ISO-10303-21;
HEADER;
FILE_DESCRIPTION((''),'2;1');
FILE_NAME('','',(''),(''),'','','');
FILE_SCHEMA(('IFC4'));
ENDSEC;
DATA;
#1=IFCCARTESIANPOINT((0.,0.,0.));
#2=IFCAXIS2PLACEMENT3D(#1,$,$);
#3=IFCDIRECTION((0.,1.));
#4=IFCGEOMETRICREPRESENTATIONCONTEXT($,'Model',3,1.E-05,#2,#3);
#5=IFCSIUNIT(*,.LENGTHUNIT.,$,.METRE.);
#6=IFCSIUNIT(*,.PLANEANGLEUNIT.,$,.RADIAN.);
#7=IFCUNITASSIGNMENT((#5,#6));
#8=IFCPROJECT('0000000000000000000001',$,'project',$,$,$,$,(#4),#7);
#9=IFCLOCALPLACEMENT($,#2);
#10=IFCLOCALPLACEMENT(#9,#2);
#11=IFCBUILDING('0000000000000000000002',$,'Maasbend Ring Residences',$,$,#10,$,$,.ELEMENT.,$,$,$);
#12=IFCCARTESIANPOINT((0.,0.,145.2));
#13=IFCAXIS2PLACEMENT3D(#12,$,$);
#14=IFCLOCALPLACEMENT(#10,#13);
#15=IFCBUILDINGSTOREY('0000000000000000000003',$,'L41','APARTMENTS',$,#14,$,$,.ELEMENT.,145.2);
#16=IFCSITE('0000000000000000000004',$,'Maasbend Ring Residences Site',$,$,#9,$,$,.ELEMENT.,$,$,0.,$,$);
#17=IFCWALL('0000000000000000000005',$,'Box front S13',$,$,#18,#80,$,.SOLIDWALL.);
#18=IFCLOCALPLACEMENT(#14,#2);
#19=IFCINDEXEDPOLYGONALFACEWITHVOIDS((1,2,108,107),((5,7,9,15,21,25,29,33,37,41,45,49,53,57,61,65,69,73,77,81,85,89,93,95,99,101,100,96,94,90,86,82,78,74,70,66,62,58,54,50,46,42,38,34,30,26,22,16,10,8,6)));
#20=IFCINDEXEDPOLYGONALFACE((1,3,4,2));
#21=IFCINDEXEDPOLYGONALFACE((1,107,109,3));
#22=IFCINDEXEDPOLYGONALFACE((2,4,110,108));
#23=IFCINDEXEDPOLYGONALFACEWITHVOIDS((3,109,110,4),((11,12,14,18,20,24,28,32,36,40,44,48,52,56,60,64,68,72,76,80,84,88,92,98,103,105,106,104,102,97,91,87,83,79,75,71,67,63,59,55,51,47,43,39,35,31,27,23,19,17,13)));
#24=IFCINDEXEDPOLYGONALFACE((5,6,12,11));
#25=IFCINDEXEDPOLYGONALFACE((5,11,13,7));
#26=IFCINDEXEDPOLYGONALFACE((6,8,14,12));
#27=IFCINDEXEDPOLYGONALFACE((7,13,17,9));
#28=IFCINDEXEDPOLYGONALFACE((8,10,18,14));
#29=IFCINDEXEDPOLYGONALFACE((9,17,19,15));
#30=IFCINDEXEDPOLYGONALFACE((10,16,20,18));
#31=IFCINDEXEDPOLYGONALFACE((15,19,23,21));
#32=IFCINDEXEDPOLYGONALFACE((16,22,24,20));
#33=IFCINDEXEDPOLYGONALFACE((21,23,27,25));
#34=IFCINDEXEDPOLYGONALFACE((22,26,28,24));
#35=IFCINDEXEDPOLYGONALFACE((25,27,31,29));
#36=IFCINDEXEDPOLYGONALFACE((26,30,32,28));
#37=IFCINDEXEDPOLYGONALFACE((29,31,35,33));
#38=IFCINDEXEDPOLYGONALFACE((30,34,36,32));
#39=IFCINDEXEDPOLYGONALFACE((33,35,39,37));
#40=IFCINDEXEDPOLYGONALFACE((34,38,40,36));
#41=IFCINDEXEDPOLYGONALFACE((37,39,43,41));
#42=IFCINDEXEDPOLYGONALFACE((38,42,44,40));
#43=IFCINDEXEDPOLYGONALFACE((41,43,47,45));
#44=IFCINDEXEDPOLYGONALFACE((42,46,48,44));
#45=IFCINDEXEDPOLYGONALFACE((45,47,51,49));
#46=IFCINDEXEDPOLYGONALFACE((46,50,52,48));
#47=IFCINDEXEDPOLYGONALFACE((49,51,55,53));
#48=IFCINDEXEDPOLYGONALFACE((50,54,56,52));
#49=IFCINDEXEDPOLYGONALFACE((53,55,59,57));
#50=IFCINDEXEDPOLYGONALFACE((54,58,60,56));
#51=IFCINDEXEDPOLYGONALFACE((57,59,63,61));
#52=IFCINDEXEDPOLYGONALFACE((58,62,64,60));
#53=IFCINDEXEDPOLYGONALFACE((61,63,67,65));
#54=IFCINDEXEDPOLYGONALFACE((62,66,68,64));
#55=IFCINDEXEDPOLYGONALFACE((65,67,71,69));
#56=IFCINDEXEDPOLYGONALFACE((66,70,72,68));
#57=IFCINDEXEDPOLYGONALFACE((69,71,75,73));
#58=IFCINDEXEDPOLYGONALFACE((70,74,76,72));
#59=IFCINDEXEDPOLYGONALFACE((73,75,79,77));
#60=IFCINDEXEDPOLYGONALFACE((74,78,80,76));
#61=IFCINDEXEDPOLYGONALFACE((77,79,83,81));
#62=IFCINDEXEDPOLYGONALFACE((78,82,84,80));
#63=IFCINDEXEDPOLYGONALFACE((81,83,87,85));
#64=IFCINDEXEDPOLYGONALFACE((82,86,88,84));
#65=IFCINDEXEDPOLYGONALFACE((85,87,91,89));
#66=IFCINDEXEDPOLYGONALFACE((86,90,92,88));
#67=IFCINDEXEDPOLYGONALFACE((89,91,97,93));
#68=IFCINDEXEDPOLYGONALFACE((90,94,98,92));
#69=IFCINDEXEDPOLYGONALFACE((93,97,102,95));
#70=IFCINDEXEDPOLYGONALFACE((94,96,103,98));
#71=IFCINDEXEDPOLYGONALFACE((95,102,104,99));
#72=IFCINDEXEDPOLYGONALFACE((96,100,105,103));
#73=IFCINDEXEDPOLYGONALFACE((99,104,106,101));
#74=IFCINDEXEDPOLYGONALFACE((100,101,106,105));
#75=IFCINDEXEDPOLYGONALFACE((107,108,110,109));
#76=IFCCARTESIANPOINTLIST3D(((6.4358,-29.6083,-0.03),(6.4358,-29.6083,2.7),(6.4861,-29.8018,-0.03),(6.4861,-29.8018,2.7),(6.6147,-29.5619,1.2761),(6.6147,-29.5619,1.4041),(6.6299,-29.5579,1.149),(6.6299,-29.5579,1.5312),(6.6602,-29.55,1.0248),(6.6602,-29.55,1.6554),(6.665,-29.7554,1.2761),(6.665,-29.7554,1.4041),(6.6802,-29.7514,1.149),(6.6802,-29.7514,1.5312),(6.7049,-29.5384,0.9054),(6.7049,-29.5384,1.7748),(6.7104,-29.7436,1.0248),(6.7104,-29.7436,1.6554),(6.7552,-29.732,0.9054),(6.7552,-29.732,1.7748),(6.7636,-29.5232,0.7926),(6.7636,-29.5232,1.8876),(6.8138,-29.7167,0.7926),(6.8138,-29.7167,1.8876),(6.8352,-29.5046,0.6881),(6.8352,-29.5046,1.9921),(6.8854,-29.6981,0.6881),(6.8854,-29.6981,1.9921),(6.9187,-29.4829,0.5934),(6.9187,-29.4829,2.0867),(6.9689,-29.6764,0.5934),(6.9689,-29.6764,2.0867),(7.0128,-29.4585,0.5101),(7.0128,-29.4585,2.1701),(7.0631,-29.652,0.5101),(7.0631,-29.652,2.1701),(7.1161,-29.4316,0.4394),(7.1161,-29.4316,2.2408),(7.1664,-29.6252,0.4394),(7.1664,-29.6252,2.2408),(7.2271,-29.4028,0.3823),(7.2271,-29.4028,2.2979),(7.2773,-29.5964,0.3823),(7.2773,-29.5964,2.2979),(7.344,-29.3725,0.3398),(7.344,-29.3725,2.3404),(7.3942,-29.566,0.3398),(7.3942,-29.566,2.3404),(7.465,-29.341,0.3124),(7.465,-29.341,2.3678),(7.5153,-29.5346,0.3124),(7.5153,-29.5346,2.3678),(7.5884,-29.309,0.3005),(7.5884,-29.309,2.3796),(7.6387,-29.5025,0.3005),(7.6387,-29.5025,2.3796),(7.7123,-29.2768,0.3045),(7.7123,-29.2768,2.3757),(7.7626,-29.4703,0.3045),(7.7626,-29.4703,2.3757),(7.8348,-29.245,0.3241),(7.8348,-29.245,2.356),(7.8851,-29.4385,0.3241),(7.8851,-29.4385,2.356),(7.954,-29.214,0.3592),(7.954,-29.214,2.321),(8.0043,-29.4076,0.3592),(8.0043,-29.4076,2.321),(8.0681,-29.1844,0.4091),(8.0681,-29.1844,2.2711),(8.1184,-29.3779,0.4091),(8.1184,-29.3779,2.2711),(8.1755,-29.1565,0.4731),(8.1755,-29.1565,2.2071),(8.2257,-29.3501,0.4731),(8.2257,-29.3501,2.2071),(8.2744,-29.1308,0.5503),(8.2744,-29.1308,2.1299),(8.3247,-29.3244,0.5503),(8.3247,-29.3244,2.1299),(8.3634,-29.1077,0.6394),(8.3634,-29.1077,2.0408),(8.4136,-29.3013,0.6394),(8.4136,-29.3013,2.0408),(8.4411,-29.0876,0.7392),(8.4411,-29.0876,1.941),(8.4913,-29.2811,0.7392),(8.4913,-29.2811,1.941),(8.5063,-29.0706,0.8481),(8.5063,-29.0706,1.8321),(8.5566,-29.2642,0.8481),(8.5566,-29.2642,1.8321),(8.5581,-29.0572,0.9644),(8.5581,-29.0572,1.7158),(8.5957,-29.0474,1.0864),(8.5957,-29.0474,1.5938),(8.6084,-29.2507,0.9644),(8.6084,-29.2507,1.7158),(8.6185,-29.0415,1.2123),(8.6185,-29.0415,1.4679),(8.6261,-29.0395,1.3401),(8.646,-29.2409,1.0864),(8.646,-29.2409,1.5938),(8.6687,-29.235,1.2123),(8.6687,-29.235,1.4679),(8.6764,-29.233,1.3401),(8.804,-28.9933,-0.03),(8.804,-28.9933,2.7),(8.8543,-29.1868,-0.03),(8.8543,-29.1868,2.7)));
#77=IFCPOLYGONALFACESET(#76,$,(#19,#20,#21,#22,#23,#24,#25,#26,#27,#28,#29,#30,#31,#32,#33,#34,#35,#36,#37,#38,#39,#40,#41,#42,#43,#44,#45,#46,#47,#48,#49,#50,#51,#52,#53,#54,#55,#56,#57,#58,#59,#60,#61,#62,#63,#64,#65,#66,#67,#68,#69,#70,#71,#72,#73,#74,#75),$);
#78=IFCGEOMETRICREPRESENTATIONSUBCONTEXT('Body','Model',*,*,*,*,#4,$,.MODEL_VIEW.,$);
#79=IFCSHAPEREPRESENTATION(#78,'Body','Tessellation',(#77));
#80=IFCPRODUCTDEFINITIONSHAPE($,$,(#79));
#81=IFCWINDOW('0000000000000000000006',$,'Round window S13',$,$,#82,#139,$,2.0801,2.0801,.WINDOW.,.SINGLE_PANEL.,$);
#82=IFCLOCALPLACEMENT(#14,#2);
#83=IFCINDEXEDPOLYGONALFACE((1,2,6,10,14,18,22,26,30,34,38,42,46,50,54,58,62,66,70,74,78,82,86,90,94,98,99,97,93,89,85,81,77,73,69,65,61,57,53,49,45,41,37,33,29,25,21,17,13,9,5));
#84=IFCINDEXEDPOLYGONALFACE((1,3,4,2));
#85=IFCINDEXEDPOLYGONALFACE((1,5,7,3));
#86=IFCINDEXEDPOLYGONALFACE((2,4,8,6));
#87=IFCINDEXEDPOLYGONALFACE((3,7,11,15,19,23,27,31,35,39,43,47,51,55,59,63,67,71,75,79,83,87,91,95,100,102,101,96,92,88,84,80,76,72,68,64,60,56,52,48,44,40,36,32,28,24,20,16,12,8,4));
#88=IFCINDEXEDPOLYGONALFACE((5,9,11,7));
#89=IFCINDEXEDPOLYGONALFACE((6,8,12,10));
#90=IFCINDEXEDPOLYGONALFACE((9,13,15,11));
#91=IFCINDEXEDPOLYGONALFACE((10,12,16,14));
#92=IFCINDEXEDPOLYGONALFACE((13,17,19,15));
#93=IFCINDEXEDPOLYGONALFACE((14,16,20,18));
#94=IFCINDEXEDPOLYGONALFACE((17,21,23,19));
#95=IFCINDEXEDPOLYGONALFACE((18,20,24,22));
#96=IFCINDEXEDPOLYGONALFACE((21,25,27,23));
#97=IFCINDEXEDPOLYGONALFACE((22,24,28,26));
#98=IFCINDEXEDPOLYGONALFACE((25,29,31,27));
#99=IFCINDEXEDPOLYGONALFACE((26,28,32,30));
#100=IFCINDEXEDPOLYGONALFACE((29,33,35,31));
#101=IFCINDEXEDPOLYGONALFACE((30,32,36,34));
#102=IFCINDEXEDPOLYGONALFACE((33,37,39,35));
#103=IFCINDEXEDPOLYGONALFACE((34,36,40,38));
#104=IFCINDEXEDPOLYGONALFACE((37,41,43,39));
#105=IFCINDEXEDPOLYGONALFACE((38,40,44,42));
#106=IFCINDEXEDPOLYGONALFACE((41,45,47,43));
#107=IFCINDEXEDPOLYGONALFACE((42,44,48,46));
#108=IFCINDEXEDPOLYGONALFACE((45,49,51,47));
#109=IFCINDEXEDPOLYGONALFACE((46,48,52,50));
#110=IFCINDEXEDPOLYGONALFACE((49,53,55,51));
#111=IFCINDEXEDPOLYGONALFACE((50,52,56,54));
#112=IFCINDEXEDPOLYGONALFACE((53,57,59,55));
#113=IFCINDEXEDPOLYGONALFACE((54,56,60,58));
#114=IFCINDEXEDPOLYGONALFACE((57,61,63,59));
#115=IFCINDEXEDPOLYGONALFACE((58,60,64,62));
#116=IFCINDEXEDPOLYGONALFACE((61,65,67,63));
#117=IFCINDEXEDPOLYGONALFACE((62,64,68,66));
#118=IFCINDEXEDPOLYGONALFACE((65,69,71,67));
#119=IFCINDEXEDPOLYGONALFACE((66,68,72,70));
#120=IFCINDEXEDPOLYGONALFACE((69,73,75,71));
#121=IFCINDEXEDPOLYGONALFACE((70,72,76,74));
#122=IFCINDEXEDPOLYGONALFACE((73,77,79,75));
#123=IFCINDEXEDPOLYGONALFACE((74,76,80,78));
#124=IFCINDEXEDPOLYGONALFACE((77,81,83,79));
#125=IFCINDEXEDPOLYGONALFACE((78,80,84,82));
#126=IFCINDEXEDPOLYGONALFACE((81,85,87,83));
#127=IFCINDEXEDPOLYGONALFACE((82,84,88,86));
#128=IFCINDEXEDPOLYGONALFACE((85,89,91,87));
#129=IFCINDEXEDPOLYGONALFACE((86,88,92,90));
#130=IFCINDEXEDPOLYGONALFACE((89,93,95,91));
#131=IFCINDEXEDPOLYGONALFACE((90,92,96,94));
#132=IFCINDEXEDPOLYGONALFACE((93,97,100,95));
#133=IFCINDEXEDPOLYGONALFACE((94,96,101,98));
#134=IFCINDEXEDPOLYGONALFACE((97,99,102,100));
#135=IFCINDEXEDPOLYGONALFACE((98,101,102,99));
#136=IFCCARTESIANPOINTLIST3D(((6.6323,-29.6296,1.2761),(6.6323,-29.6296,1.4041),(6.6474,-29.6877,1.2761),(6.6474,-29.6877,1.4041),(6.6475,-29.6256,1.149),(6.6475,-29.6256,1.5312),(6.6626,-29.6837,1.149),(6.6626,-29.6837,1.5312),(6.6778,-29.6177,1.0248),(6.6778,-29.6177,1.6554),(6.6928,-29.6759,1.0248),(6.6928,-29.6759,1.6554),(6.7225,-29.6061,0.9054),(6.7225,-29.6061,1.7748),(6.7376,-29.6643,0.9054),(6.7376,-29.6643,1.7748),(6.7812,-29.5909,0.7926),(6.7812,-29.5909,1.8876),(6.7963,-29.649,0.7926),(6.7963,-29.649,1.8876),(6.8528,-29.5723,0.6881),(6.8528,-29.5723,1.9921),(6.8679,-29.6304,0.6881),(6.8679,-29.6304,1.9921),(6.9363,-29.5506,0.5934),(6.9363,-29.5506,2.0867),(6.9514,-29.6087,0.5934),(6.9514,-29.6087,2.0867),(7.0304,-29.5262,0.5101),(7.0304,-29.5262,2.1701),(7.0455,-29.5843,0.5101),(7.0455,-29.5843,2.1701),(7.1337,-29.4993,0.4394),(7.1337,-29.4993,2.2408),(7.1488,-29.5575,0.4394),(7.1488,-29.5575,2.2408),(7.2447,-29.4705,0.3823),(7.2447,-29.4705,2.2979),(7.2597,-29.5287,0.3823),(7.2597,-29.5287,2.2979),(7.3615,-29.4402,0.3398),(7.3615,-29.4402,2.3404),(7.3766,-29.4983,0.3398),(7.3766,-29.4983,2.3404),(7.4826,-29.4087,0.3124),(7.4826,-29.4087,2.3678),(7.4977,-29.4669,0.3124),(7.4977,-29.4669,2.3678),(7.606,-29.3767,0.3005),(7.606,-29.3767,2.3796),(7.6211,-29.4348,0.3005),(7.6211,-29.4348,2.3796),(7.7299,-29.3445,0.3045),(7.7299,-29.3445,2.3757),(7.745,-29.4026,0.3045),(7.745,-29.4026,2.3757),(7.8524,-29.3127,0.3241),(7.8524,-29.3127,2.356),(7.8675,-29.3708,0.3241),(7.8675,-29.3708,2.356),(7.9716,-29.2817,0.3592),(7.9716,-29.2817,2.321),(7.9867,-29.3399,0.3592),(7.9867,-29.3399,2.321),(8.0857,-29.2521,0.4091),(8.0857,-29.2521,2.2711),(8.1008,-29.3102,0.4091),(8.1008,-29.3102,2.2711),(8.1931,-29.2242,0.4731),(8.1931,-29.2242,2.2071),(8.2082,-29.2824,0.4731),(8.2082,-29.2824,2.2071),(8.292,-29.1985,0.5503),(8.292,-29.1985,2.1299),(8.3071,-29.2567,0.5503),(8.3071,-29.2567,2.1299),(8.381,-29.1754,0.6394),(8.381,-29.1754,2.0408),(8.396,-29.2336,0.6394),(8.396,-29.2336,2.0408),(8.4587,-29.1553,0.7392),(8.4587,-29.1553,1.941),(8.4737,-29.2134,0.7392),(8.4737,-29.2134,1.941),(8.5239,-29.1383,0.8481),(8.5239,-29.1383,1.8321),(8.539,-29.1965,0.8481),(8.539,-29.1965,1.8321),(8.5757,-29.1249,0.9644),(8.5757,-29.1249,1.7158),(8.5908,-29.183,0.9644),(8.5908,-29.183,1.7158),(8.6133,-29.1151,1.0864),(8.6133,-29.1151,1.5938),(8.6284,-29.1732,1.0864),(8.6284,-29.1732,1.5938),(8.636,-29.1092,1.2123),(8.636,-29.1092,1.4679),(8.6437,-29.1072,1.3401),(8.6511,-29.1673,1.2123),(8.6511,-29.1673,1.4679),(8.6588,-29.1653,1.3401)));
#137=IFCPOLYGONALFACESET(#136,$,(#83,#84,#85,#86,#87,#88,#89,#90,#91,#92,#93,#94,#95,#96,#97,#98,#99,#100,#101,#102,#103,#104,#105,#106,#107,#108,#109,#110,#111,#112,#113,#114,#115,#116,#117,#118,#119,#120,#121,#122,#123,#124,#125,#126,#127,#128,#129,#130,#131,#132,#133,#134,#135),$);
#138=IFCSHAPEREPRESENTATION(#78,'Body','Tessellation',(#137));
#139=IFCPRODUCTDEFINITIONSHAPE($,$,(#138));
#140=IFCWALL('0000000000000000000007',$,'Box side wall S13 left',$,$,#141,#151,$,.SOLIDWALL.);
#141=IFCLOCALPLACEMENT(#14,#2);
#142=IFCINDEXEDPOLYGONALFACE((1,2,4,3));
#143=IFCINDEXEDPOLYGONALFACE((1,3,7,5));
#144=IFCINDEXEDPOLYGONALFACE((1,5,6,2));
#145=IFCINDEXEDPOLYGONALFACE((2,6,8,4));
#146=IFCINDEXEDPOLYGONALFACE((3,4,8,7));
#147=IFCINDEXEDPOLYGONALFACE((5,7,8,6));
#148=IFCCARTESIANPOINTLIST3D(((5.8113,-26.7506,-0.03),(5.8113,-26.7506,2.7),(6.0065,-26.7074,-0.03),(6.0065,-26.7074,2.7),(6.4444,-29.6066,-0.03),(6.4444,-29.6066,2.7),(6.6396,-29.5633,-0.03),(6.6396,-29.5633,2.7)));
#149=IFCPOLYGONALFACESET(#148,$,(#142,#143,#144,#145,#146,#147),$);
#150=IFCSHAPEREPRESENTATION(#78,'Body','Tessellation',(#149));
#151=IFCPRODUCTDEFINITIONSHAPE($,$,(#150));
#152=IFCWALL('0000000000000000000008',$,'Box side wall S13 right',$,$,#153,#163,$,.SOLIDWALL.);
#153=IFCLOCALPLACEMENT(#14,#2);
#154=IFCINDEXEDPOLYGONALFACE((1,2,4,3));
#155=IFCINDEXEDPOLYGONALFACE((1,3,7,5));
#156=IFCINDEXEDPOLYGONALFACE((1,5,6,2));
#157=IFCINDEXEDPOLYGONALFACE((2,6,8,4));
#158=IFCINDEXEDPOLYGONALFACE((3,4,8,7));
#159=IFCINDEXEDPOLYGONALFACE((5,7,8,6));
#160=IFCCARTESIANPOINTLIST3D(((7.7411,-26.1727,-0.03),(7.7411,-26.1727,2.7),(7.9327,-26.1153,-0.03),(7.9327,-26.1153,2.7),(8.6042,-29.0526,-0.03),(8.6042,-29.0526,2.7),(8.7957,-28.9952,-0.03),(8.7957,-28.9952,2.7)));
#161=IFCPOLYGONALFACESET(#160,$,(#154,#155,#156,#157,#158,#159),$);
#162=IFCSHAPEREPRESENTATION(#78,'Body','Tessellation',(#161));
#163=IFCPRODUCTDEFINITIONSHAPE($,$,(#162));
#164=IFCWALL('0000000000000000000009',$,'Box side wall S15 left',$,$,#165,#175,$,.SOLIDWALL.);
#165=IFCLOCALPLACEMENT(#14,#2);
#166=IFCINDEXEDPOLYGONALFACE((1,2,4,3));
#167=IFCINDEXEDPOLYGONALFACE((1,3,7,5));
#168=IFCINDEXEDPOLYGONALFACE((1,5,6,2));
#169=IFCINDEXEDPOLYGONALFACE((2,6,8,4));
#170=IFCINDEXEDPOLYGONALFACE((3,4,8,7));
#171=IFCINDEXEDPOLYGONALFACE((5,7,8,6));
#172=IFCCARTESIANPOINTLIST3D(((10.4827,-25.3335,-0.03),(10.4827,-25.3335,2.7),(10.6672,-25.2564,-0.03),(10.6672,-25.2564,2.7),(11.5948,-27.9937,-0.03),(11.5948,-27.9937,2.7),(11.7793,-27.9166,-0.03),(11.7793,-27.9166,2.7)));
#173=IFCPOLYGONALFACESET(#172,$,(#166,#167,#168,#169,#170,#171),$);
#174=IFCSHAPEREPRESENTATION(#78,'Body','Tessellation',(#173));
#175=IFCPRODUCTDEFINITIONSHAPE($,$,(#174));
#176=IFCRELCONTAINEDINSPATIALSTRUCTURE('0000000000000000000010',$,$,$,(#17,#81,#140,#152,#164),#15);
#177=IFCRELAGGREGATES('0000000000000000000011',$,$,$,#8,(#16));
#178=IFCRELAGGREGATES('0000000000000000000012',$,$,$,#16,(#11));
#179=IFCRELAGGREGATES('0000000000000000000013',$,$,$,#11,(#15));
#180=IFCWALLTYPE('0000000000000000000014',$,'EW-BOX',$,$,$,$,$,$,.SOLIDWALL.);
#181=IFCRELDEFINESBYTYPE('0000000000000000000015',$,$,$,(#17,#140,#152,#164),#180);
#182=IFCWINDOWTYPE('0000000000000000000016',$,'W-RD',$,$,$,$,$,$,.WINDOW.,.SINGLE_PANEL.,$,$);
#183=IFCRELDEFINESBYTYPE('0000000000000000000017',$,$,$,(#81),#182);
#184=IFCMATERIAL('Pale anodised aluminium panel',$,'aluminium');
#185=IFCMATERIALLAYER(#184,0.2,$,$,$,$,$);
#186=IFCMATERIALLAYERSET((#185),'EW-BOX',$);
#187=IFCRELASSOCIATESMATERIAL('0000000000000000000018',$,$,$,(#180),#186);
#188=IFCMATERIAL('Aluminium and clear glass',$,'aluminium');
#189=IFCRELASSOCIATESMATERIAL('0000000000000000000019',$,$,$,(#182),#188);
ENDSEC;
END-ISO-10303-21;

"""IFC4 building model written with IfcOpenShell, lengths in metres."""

from ifc_helpers import new_model, si_unit, direction, frame, frame_2d, origin, place, context, subcontext, project, spatial, rectangle, circle, extrude, material, layer, layer_set, type_object, element, fill, save


model = new_model("IFC4")

# Units and contexts
model_context = context("Model", 3, precision=1e-05, world=origin(), true_north=direction((0.0, 1.0)))
body_context = subcontext(model_context, "Body", "Model", "MODEL_VIEW")
ifc_project = project(units=[si_unit("LENGTHUNIT", "METRE"), si_unit("PLANEANGLEUNIT", "RADIAN")], contexts=[model_context])

# Site, building, storey
site_placement = place(None, origin())
site = spatial("IfcSite", under=ifc_project, at=site_placement, Name="Maasbend Ring Residences Site", CompositionType="ELEMENT", RefElevation=0.0)
building_placement = place(site_placement, origin())
building = spatial("IfcBuilding", under=site, at=building_placement, Name="Maasbend Ring Residences", CompositionType="ELEMENT")
storey_placement = place(building_placement, frame((0.0, 0.0, 145.2)))
storey = spatial("IfcBuildingStorey", under=building, at=storey_placement, Name="L41", Description="APARTMENTS", CompositionType="ELEMENT", Elevation=145.2)

# Shared definitions
ifc_material_1 = material(Name="Pale anodised aluminium panel", Category="aluminium")
ifc_layer_1 = layer(ifc_material_1, 0.2)
ifc_layer_set_1 = layer_set([ifc_layer_1], Name="EW-BOX")
wall_type_1 = type_object("IfcWallType", Name="EW-BOX", PredefinedType="SOLIDWALL", material=ifc_layer_set_1)

# Wall, opening, window
wall_1_placement = place(storey_placement, frame((6.4609, -29.7051, -0.03), z_axis=(0.0, 0.0, 1.0), x_axis=(0.967895, 0.251353, 0.0)))
wall_1 = element("IfcWall", 1, at=wall_1_placement, inside=storey, type_object=wall_type_1, Name="Box front S13", PredefinedType="SOLIDWALL", context=body_context, shape_type="SweptSolid", body=[
    extrude(rectangle(XDim=2.4468, YDim=0.2, at=frame_2d((1.2234, 0.0))), origin(), (0.0, 0.0, 1.0), 2.73),
])
opening_1_placement = place(wall_1_placement, frame((0.1829, 0.0, 0.3301)))
opening_1 = element("IfcOpeningElement", 2, at=opening_1_placement, cuts=wall_1, PredefinedType="OPENING", context=body_context, shape_type="SweptSolid", body=[
    extrude(circle(Radius=1.04, at=frame_2d((1.04, 1.04))), frame((0.0, 0.1099, 0.0), z_axis=(0.0, -1.0, 0.0), x_axis=(1.0, 0.0, 0.0)), (0.0, 0.0, 1.0), 0.22),
])
ifc_material_2 = material(Name="Aluminium and clear glass", Category="aluminium")
window_type_1 = type_object("IfcWindowType", Name="W-RD", PartitioningType="SINGLE_PANEL", PredefinedType="WINDOW", material=ifc_material_2)
window_1_placement = place(opening_1_placement, origin())
window_1 = element("IfcWindow", 3, at=window_1_placement, inside=storey, type_object=window_type_1, Name="Round window S13", OverallHeight=2.0801, OverallWidth=2.0801, PartitioningType="SINGLE_PANEL", PredefinedType="WINDOW", context=body_context, shape_type="SweptSolid", body=[
    extrude(circle(Radius=1.04, at=frame_2d((1.04, 1.04))), frame((0.0, 0.03, 0.0), z_axis=(0.0, -1.0, 0.0), x_axis=(1.0, 0.0, 0.0)), (0.0, 0.0, 1.0), 0.0601),
])
fill(opening_1, window_1)

# Walls
wall_2_placement = place(storey_placement, frame((5.9089, -26.729, -0.03), z_axis=(0.0, 0.0, 1.0), x_axis=(0.216409, -0.976303, 0.0)))
element("IfcWall", 4, at=wall_2_placement, inside=storey, type_object=wall_type_1, Name="Box side wall S13 left", PredefinedType="SOLIDWALL", context=body_context, shape_type="SweptSolid", body=[
    extrude(rectangle(XDim=2.9253, YDim=0.2, at=frame_2d((1.4626, 0.0))), origin(), (0.0, 0.0, 1.0), 2.73),
])
wall_3_placement = place(storey_placement, frame((7.8369, -26.144, -0.03), z_axis=(0.0, 0.0, 1.0), x_axis=(0.287065, -0.957911, 0.0)))
element("IfcWall", 5, at=wall_3_placement, inside=storey, type_object=wall_type_1, Name="Box side wall S13 right", PredefinedType="SOLIDWALL", context=body_context, shape_type="SweptSolid", body=[
    extrude(rectangle(XDim=3.0063, YDim=0.2, at=frame_2d((1.5032, 0.0))), origin(), (0.0, 0.0, 1.0), 2.73),
])
wall_4_placement = place(storey_placement, frame((10.575, -25.2949, -0.03), z_axis=(0.0, 0.0, 1.0), x_axis=(0.385697, -0.922625, 0.0)))
element("IfcWall", 6, at=wall_4_placement, inside=storey, type_object=wall_type_1, Name="Box side wall S15 left", PredefinedType="SOLIDWALL", context=body_context, shape_type="SweptSolid", body=[
    extrude(rectangle(XDim=2.8833, YDim=0.2, at=frame_2d((1.4417, 0.0))), origin(), (0.0, 0.0, 1.0), 2.73),
])

save(model, "model.ifc")
